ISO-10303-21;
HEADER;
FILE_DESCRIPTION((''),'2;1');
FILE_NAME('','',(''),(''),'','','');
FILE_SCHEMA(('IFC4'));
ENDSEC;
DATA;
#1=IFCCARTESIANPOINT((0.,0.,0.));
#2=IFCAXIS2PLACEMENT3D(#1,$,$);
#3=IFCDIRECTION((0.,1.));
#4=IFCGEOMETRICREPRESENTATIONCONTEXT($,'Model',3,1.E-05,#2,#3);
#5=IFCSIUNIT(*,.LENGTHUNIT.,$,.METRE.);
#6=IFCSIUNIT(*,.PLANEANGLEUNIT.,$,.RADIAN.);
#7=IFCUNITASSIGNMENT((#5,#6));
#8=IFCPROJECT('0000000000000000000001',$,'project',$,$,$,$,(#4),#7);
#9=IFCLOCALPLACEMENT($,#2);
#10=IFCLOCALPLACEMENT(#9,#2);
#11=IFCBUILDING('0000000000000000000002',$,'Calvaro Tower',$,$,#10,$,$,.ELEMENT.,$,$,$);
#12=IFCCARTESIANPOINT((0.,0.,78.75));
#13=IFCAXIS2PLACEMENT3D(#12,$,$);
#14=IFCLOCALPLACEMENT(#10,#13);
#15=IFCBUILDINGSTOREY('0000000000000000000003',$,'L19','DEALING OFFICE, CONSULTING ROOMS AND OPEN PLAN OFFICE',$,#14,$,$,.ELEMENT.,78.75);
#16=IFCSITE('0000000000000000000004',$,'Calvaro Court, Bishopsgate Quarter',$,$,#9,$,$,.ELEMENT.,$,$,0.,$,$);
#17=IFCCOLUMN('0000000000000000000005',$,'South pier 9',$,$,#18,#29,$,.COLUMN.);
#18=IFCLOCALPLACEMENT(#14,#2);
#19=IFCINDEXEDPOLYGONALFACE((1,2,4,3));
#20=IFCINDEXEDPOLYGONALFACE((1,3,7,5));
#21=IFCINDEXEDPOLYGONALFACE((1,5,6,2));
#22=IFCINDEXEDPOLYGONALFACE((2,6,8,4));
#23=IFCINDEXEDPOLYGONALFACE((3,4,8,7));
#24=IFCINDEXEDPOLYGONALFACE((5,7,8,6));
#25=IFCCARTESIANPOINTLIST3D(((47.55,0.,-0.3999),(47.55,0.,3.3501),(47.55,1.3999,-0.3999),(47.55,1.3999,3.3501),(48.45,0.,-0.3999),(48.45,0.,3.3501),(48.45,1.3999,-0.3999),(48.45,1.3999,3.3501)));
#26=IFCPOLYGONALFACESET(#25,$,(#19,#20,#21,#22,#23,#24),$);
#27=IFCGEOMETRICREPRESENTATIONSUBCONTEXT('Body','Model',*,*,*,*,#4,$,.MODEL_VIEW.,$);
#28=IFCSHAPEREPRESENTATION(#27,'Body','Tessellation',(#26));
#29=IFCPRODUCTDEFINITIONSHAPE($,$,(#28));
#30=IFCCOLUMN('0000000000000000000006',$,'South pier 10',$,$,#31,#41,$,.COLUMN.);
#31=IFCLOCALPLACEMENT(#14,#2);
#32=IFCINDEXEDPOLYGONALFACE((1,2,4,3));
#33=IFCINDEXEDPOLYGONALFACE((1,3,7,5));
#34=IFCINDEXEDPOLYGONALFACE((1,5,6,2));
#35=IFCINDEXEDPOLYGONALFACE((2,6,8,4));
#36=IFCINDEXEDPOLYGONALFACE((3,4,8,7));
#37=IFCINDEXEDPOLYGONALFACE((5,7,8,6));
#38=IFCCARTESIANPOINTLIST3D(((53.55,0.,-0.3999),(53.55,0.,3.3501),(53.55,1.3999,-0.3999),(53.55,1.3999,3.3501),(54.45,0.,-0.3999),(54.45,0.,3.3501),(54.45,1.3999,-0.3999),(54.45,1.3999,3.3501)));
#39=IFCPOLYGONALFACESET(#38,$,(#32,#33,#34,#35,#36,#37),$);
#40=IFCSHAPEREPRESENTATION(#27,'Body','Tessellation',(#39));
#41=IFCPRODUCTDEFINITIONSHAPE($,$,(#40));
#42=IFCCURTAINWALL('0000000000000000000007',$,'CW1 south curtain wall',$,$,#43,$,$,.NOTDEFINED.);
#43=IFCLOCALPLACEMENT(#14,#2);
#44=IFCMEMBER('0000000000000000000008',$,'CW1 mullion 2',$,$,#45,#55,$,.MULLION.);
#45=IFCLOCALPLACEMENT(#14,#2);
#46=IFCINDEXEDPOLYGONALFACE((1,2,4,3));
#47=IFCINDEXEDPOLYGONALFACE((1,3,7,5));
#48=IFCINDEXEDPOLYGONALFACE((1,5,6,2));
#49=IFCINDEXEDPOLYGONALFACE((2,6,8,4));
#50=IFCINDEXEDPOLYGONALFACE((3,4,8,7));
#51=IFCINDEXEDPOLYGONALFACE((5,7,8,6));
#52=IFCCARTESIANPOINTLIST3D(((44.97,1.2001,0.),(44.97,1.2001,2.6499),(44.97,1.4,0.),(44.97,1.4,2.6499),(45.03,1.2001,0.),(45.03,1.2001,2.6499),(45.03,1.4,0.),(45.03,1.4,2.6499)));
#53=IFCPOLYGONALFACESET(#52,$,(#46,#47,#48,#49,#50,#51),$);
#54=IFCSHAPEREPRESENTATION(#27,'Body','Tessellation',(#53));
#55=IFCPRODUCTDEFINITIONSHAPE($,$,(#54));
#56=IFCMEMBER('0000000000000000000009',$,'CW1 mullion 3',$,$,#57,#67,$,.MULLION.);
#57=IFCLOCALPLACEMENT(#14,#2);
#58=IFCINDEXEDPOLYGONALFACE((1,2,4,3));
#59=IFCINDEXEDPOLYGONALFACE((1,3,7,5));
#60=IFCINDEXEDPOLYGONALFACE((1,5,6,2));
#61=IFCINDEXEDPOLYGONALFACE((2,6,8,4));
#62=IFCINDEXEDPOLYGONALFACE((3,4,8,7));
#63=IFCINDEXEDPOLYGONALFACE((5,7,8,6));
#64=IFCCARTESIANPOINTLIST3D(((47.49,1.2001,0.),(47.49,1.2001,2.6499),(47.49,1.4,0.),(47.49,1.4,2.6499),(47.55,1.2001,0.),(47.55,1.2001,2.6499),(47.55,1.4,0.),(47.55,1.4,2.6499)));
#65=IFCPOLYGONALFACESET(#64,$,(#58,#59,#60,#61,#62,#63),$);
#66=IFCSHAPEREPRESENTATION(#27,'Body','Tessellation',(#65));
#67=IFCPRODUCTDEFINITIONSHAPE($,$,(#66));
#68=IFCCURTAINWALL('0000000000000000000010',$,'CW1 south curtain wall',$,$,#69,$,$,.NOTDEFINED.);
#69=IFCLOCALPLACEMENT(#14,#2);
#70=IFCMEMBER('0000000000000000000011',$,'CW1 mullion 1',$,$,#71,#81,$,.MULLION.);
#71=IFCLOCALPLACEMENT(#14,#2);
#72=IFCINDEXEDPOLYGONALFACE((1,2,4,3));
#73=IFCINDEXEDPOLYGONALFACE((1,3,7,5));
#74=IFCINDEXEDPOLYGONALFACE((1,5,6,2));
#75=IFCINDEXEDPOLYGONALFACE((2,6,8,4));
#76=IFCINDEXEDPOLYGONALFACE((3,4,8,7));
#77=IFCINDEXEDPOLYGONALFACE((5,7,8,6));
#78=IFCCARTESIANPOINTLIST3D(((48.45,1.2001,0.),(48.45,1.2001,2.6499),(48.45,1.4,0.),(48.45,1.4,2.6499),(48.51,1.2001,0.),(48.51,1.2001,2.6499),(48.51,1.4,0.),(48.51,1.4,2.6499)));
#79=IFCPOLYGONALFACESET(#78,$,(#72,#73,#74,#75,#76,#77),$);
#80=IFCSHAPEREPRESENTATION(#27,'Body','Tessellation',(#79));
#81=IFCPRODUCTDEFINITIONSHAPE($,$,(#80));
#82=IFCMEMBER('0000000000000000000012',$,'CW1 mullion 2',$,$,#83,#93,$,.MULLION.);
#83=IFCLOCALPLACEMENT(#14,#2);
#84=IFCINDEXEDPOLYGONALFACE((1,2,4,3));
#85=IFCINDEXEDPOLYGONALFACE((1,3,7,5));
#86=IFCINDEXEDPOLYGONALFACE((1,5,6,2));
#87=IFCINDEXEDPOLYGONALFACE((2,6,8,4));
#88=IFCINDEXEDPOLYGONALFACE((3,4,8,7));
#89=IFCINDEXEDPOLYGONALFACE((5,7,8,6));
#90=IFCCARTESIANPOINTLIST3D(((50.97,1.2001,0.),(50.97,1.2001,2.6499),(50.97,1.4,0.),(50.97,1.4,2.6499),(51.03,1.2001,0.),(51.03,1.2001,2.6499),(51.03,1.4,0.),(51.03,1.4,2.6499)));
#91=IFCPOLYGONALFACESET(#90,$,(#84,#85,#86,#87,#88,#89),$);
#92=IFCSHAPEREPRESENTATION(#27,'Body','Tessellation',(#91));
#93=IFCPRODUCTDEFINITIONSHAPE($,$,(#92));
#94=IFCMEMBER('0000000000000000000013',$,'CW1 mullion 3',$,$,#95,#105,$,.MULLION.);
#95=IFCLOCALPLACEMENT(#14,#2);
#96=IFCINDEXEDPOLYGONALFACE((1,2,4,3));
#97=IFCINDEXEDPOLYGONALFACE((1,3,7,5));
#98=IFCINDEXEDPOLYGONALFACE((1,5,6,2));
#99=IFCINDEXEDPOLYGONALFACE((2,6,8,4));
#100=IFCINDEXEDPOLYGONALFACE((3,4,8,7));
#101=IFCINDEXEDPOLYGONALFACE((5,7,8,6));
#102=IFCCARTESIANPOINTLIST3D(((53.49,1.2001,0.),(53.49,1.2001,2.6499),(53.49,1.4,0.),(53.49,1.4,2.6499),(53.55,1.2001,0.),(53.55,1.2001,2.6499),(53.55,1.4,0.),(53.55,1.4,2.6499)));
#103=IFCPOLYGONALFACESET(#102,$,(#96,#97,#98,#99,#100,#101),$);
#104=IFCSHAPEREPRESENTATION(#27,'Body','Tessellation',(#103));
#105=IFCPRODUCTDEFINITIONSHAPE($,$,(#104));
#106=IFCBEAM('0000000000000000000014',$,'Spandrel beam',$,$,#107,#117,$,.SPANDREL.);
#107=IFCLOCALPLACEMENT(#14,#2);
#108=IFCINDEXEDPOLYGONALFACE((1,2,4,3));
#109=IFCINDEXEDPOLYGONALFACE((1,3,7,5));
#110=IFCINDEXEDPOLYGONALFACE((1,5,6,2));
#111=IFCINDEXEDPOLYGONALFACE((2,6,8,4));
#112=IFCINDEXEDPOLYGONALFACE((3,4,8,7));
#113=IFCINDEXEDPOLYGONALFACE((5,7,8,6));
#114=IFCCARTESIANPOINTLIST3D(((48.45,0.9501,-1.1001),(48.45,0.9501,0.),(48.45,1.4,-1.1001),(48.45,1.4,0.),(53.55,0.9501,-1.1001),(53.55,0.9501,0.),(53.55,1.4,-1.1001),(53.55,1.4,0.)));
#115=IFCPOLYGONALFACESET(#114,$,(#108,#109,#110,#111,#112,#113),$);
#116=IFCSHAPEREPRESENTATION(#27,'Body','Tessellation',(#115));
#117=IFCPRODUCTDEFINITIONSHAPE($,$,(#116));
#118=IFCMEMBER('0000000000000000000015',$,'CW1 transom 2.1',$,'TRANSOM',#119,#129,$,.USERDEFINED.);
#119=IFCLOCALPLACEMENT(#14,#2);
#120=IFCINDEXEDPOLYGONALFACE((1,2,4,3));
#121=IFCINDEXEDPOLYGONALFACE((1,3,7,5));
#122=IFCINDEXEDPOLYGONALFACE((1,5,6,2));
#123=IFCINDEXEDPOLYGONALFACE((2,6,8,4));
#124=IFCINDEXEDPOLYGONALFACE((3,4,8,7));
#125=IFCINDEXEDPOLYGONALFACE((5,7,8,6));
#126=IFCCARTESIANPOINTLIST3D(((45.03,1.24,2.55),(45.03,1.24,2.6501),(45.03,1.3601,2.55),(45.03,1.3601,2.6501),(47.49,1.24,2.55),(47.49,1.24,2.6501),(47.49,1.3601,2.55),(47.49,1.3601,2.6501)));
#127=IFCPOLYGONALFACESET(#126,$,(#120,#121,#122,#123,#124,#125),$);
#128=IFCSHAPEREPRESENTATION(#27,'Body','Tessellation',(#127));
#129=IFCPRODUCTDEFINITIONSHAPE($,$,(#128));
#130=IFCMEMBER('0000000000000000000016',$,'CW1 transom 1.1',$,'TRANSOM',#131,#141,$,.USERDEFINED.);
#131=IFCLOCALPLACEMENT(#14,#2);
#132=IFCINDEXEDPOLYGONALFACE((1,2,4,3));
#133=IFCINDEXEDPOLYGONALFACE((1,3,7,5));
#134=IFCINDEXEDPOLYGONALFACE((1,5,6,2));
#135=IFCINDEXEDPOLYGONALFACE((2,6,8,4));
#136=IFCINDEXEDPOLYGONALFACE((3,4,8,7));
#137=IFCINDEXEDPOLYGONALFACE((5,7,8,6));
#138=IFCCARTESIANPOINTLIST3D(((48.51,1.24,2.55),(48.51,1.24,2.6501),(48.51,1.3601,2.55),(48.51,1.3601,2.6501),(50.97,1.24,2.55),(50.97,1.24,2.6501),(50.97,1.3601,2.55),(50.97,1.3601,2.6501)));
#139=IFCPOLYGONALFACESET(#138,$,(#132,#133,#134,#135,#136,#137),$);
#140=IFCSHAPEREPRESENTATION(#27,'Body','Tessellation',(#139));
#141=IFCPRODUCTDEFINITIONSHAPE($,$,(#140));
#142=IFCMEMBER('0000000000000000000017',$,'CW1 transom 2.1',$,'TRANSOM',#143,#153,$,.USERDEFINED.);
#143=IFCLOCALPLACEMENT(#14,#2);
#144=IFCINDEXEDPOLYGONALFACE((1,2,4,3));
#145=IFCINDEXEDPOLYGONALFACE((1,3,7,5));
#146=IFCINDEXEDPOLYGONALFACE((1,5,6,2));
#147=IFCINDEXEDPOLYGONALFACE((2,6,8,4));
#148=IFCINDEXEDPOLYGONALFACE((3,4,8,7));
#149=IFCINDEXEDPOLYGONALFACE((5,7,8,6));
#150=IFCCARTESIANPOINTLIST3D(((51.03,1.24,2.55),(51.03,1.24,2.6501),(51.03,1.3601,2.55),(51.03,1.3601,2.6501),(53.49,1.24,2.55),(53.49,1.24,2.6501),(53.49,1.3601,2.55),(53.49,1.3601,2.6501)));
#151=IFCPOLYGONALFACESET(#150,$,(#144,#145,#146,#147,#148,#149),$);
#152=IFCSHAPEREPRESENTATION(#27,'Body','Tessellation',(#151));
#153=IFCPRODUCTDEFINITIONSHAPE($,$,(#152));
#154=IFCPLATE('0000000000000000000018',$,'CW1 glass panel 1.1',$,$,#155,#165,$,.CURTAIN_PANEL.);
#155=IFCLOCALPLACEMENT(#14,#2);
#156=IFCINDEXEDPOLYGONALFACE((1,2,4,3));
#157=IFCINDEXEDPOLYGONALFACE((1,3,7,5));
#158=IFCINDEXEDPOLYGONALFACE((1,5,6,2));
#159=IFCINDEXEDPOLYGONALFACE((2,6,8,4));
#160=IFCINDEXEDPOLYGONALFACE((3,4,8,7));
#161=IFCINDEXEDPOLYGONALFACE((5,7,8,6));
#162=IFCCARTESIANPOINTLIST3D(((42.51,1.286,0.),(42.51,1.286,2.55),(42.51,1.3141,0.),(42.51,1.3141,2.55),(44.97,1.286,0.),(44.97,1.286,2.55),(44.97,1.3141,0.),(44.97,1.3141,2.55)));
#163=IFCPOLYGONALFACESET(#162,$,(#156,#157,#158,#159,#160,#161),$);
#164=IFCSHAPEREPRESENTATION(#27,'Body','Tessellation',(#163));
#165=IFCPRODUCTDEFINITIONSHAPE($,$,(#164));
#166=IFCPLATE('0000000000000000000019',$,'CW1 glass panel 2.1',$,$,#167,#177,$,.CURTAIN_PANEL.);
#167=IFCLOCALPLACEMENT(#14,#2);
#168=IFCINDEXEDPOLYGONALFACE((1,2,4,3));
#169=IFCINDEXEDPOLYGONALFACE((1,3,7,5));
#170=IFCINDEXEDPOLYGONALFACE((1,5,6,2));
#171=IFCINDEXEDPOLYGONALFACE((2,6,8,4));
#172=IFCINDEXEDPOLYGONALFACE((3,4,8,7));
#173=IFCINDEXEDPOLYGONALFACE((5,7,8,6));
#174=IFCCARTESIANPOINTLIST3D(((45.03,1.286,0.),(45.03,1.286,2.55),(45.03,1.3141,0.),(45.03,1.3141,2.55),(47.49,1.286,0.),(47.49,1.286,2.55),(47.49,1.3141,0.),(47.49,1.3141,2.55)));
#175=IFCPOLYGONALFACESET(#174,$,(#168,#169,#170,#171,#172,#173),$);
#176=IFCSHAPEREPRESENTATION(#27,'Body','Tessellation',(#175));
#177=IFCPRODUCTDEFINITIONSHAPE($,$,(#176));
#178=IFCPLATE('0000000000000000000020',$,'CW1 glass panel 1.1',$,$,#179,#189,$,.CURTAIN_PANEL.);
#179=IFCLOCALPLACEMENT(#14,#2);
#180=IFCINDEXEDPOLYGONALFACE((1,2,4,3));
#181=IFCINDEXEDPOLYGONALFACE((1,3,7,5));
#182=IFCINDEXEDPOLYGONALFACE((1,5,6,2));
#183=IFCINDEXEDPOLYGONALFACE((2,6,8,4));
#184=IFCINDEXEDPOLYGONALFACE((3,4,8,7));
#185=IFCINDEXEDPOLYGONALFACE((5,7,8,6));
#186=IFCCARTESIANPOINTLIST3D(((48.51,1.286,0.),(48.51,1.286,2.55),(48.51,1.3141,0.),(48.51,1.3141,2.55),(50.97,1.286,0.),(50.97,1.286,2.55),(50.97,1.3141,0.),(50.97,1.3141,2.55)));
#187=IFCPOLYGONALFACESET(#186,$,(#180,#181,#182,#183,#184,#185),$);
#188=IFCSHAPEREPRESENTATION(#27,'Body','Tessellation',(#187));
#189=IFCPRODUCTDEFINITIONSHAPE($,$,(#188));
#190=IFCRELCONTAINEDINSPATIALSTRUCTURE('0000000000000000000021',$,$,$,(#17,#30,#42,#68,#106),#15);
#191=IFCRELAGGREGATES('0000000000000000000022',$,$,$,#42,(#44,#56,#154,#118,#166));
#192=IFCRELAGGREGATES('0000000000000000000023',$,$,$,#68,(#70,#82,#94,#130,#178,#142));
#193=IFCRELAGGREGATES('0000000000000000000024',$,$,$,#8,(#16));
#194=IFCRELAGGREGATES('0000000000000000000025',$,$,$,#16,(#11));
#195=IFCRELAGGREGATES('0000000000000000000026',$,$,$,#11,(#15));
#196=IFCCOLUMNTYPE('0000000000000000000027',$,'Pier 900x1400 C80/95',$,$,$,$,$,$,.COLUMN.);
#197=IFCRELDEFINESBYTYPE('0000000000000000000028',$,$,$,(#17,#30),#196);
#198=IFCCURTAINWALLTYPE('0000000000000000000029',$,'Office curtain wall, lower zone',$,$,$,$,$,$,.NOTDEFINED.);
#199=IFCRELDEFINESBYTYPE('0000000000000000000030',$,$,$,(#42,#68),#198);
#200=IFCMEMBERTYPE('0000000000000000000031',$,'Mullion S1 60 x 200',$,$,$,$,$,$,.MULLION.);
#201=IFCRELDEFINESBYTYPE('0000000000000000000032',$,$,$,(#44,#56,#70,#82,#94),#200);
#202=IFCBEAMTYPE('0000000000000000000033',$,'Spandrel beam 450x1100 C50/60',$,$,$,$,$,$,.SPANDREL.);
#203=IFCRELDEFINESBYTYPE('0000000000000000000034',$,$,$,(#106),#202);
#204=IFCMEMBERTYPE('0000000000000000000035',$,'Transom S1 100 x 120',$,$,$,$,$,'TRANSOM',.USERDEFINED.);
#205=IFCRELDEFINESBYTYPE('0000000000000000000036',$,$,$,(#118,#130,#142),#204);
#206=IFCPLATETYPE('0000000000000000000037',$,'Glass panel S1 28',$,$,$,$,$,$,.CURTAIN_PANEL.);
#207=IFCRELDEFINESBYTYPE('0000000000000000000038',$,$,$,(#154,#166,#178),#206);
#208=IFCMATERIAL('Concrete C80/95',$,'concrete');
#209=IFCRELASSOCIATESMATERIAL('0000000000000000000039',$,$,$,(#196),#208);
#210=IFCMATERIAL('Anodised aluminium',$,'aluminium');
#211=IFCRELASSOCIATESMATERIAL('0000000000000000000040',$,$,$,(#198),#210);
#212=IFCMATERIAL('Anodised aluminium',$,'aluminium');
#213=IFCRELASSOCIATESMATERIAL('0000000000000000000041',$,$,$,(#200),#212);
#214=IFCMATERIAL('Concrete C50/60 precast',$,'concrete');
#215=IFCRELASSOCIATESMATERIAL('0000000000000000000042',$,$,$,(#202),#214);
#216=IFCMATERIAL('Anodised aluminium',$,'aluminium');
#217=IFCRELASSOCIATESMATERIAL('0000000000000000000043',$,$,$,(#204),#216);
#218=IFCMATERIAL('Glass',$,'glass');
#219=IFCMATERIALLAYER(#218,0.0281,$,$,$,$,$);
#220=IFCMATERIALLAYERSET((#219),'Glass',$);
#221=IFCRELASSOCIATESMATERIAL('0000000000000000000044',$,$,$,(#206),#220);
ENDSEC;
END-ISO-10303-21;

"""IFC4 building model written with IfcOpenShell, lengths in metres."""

from ifc_helpers import new_model, si_unit, direction, frame, origin, origin_2d, place, context, subcontext, project, spatial, rectangle, extrude, material, layer, layer_set, material_profile, profile_set, type_object, element, aggregate, save


model = new_model("IFC4")

# Units and contexts
model_context = context("Model", 3, precision=1e-05, world=origin(), true_north=direction((0.0, 1.0)))
body_context = subcontext(model_context, "Body", "Model", "MODEL_VIEW")
ifc_project = project(units=[si_unit("LENGTHUNIT", "METRE"), si_unit("PLANEANGLEUNIT", "RADIAN")], contexts=[model_context])

# Site, building, storey
site_placement = place(None, origin())
site = spatial("IfcSite", under=ifc_project, at=site_placement, Name="Calvaro Court, Bishopsgate Quarter", CompositionType="ELEMENT", RefElevation=0.0)
building_placement = place(site_placement, origin())
building = spatial("IfcBuilding", under=site, at=building_placement, Name="Calvaro Tower", CompositionType="ELEMENT")
storey_placement = place(building_placement, frame((0.0, 0.0, 78.75)))
storey = spatial("IfcBuildingStorey", under=building, at=storey_placement, Name="L19", Description="DEALING OFFICE, CONSULTING ROOMS AND OPEN PLAN OFFICE", CompositionType="ELEMENT", Elevation=78.75)

# Columns
ifc_material_1 = material(Name="Concrete C80/95", Category="concrete")
ifc_material_profile_1 = material_profile(ifc_material_1, rectangle(XDim=0.8999, YDim=1.3999, at=origin_2d()), Name="RC 900x1400")
ifc_profile_set_1 = profile_set([ifc_material_profile_1], Name="Concrete C80/95")
column_type = type_object("IfcColumnType", Name="Pier 900x1400 C80/95", PredefinedType="COLUMN", material=ifc_profile_set_1)
for number, where, z_axis, x_axis, name in (
    (1, (48.0, 0.7, -0.3999), (0.0, 0.0, 1.0), (1.0, 0.0, 0.0), "South pier 9"),
    (2, (54.0, 0.7, -0.3999), (0.0, 0.0, 1.0), (1.0, 0.0, 0.0), "South pier 10"),
):
    element("IfcColumn", number, at=place(storey_placement, frame(where, z_axis=z_axis, x_axis=x_axis)), inside=storey, type_object=column_type, Name=name, PredefinedType="COLUMN", context=body_context, shape_type="SweptSolid", body=[
        extrude(rectangle(XDim=0.8999, YDim=1.3999, at=origin_2d()), origin(), (0.0, 0.0, 1.0), 3.75),
    ])

# Curtain walls, members
ifc_material_2 = material(Name="Anodised aluminium", Category="aluminium")
curtain_wall_type = type_object("IfcCurtainWallType", Name="Office curtain wall, lower zone", PredefinedType="NOTDEFINED", material=ifc_material_2)
curtain_wall_1_placement = place(storey_placement, origin())
curtain_wall_1 = element("IfcCurtainWall", 3, at=curtain_wall_1_placement, inside=storey, type_object=curtain_wall_type, Name="CW1 south curtain wall", PredefinedType="NOTDEFINED")
ifc_material_3 = material(Name="Anodised aluminium", Category="aluminium")
ifc_material_profile_2 = material_profile(ifc_material_3, rectangle(XDim=0.2, YDim=0.0601, at=origin_2d()), Name="Mullion S1 60 x 200")
ifc_profile_set_2 = profile_set([ifc_material_profile_2], Name="Anodised aluminium")
member_type_1 = type_object("IfcMemberType", Name="Mullion S1 60 x 200", PredefinedType="MULLION", material=ifc_profile_set_2)
member_1_placement = place(storey_placement, frame((45.0, 1.3, 0.0), z_axis=(0.0, 0.0, 1.0), x_axis=(0.0, 1.0, 0.0)))
member_1 = element("IfcMember", 4, at=member_1_placement, type_object=member_type_1, Name="CW1 mullion 2", PredefinedType="MULLION", context=body_context, shape_type="SweptSolid", body=[
    extrude(rectangle(XDim=0.2, YDim=0.0601, at=origin_2d()), origin(), (0.0, 0.0, 1.0), 2.6499),
])
member_2_placement = place(storey_placement, frame((47.52, 1.3, 0.0), z_axis=(0.0, 0.0, 1.0), x_axis=(0.0, 1.0, 0.0)))
member_2 = element("IfcMember", 5, at=member_2_placement, type_object=member_type_1, Name="CW1 mullion 3", PredefinedType="MULLION", context=body_context, shape_type="SweptSolid", body=[
    extrude(rectangle(XDim=0.2, YDim=0.0601, at=origin_2d()), origin(), (0.0, 0.0, 1.0), 2.6499),
])
curtain_wall_2_placement = place(storey_placement, origin())
curtain_wall_2 = element("IfcCurtainWall", 6, at=curtain_wall_2_placement, inside=storey, type_object=curtain_wall_type, Name="CW1 south curtain wall", PredefinedType="NOTDEFINED")
member_3_placement = place(storey_placement, frame((48.48, 1.3, 0.0), z_axis=(0.0, 0.0, 1.0), x_axis=(0.0, 1.0, 0.0)))
member_3 = element("IfcMember", 7, at=member_3_placement, type_object=member_type_1, Name="CW1 mullion 1", PredefinedType="MULLION", context=body_context, shape_type="SweptSolid", body=[
    extrude(rectangle(XDim=0.2, YDim=0.0601, at=origin_2d()), origin(), (0.0, 0.0, 1.0), 2.6499),
])
member_4_placement = place(storey_placement, frame((51.0, 1.3, 0.0), z_axis=(0.0, 0.0, 1.0), x_axis=(0.0, 1.0, 0.0)))
member_4 = element("IfcMember", 8, at=member_4_placement, type_object=member_type_1, Name="CW1 mullion 2", PredefinedType="MULLION", context=body_context, shape_type="SweptSolid", body=[
    extrude(rectangle(XDim=0.2, YDim=0.0601, at=origin_2d()), origin(), (0.0, 0.0, 1.0), 2.6499),
])
member_5_placement = place(storey_placement, frame((53.52, 1.3, 0.0), z_axis=(0.0, 0.0, 1.0), x_axis=(0.0, 1.0, 0.0)))
member_5 = element("IfcMember", 9, at=member_5_placement, type_object=member_type_1, Name="CW1 mullion 3", PredefinedType="MULLION", context=body_context, shape_type="SweptSolid", body=[
    extrude(rectangle(XDim=0.2, YDim=0.0601, at=origin_2d()), origin(), (0.0, 0.0, 1.0), 2.6499),
])

# Beam
ifc_material_4 = material(Name="Concrete C50/60 precast", Category="concrete")
ifc_material_profile_3 = material_profile(ifc_material_4, rectangle(XDim=0.45, YDim=1.1001, at=origin_2d()), Name="RC 450x1100")
ifc_profile_set_3 = profile_set([ifc_material_profile_3], Name="Concrete C50/60 precast")
beam_type = type_object("IfcBeamType", Name="Spandrel beam 450x1100 C50/60", PredefinedType="SPANDREL", material=ifc_profile_set_3)
beam_placement = place(storey_placement, frame((48.45, 1.175, -0.55), z_axis=(1.0, 0.0, 0.0), x_axis=(0.0, 1.0, 0.0)))
element("IfcBeam", 10, at=beam_placement, inside=storey, type_object=beam_type, Name="Spandrel beam", PredefinedType="SPANDREL", context=body_context, shape_type="SweptSolid", body=[
    extrude(rectangle(XDim=0.45, YDim=1.1001, at=origin_2d()), origin(), (0.0, 0.0, 1.0), 5.1001),
])

# Members
ifc_material_5 = material(Name="Anodised aluminium", Category="aluminium")
ifc_material_profile_4 = material_profile(ifc_material_5, rectangle(XDim=0.1201, YDim=0.1001, at=origin_2d()), Name="Transom S1 100 x 120")
ifc_profile_set_4 = profile_set([ifc_material_profile_4], Name="Anodised aluminium")
member_type_2 = type_object("IfcMemberType", Name="Transom S1 100 x 120", ElementType="TRANSOM", PredefinedType="USERDEFINED", material=ifc_profile_set_4)
member_6_placement = place(storey_placement, frame((45.03, 1.3, 2.6001), z_axis=(1.0, 0.0, 0.0), x_axis=(0.0, 1.0, 0.0)))
member_6 = element("IfcMember", 11, at=member_6_placement, type_object=member_type_2, Name="CW1 transom 2.1", ObjectType="TRANSOM", PredefinedType="USERDEFINED", context=body_context, shape_type="SweptSolid", body=[
    extrude(rectangle(XDim=0.1201, YDim=0.1001, at=origin_2d()), origin(), (0.0, 0.0, 1.0), 2.46),
])
member_7_placement = place(storey_placement, frame((48.51, 1.3, 2.6001), z_axis=(1.0, 0.0, 0.0), x_axis=(0.0, 1.0, 0.0)))
member_7 = element("IfcMember", 12, at=member_7_placement, type_object=member_type_2, Name="CW1 transom 1.1", ObjectType="TRANSOM", PredefinedType="USERDEFINED", context=body_context, shape_type="SweptSolid", body=[
    extrude(rectangle(XDim=0.1201, YDim=0.1001, at=origin_2d()), origin(), (0.0, 0.0, 1.0), 2.46),
])
member_8_placement = place(storey_placement, frame((51.03, 1.3, 2.6001), z_axis=(1.0, 0.0, 0.0), x_axis=(0.0, 1.0, 0.0)))
member_8 = element("IfcMember", 13, at=member_8_placement, type_object=member_type_2, Name="CW1 transom 2.1", ObjectType="TRANSOM", PredefinedType="USERDEFINED", context=body_context, shape_type="SweptSolid", body=[
    extrude(rectangle(XDim=0.1201, YDim=0.1001, at=origin_2d()), origin(), (0.0, 0.0, 1.0), 2.46),
])

# Plates
ifc_material_6 = material(Name="Glass", Category="glass")
ifc_layer_1 = layer(ifc_material_6, 0.0281)
ifc_layer_set_1 = layer_set([ifc_layer_1], Name="Glass")
plate_type = type_object("IfcPlateType", Name="Glass panel S1 28", PredefinedType="CURTAIN_PANEL", material=ifc_layer_set_1)
plate_1_placement = place(storey_placement, frame((43.74, 1.3, 0.0), z_axis=(0.0, 0.0, 1.0), x_axis=(1.0, 0.0, 0.0)))
plate_1 = element("IfcPlate", 14, at=plate_1_placement, type_object=plate_type, Name="CW1 glass panel 1.1", PredefinedType="CURTAIN_PANEL", context=body_context, shape_type="SweptSolid", body=[
    extrude(rectangle(XDim=2.46, YDim=0.0281, at=origin_2d()), origin(), (0.0, 0.0, 1.0), 2.55),
])
plate_2_placement = place(storey_placement, frame((46.26, 1.3, 0.0), z_axis=(0.0, 0.0, 1.0), x_axis=(1.0, 0.0, 0.0)))
plate_2 = element("IfcPlate", 15, at=plate_2_placement, type_object=plate_type, Name="CW1 glass panel 2.1", PredefinedType="CURTAIN_PANEL", context=body_context, shape_type="SweptSolid", body=[
    extrude(rectangle(XDim=2.46, YDim=0.0281, at=origin_2d()), origin(), (0.0, 0.0, 1.0), 2.55),
])
aggregate(curtain_wall_1, [member_1, member_2, plate_1, member_6, plate_2])
plate_3_placement = place(storey_placement, frame((49.74, 1.3, 0.0), z_axis=(0.0, 0.0, 1.0), x_axis=(1.0, 0.0, 0.0)))
plate_3 = element("IfcPlate", 16, at=plate_3_placement, type_object=plate_type, Name="CW1 glass panel 1.1", PredefinedType="CURTAIN_PANEL", context=body_context, shape_type="SweptSolid", body=[
    extrude(rectangle(XDim=2.46, YDim=0.0281, at=origin_2d()), origin(), (0.0, 0.0, 1.0), 2.55),
])
aggregate(curtain_wall_2, [member_3, member_4, member_5, member_7, plate_3, member_8])

save(model, "model.ifc")
